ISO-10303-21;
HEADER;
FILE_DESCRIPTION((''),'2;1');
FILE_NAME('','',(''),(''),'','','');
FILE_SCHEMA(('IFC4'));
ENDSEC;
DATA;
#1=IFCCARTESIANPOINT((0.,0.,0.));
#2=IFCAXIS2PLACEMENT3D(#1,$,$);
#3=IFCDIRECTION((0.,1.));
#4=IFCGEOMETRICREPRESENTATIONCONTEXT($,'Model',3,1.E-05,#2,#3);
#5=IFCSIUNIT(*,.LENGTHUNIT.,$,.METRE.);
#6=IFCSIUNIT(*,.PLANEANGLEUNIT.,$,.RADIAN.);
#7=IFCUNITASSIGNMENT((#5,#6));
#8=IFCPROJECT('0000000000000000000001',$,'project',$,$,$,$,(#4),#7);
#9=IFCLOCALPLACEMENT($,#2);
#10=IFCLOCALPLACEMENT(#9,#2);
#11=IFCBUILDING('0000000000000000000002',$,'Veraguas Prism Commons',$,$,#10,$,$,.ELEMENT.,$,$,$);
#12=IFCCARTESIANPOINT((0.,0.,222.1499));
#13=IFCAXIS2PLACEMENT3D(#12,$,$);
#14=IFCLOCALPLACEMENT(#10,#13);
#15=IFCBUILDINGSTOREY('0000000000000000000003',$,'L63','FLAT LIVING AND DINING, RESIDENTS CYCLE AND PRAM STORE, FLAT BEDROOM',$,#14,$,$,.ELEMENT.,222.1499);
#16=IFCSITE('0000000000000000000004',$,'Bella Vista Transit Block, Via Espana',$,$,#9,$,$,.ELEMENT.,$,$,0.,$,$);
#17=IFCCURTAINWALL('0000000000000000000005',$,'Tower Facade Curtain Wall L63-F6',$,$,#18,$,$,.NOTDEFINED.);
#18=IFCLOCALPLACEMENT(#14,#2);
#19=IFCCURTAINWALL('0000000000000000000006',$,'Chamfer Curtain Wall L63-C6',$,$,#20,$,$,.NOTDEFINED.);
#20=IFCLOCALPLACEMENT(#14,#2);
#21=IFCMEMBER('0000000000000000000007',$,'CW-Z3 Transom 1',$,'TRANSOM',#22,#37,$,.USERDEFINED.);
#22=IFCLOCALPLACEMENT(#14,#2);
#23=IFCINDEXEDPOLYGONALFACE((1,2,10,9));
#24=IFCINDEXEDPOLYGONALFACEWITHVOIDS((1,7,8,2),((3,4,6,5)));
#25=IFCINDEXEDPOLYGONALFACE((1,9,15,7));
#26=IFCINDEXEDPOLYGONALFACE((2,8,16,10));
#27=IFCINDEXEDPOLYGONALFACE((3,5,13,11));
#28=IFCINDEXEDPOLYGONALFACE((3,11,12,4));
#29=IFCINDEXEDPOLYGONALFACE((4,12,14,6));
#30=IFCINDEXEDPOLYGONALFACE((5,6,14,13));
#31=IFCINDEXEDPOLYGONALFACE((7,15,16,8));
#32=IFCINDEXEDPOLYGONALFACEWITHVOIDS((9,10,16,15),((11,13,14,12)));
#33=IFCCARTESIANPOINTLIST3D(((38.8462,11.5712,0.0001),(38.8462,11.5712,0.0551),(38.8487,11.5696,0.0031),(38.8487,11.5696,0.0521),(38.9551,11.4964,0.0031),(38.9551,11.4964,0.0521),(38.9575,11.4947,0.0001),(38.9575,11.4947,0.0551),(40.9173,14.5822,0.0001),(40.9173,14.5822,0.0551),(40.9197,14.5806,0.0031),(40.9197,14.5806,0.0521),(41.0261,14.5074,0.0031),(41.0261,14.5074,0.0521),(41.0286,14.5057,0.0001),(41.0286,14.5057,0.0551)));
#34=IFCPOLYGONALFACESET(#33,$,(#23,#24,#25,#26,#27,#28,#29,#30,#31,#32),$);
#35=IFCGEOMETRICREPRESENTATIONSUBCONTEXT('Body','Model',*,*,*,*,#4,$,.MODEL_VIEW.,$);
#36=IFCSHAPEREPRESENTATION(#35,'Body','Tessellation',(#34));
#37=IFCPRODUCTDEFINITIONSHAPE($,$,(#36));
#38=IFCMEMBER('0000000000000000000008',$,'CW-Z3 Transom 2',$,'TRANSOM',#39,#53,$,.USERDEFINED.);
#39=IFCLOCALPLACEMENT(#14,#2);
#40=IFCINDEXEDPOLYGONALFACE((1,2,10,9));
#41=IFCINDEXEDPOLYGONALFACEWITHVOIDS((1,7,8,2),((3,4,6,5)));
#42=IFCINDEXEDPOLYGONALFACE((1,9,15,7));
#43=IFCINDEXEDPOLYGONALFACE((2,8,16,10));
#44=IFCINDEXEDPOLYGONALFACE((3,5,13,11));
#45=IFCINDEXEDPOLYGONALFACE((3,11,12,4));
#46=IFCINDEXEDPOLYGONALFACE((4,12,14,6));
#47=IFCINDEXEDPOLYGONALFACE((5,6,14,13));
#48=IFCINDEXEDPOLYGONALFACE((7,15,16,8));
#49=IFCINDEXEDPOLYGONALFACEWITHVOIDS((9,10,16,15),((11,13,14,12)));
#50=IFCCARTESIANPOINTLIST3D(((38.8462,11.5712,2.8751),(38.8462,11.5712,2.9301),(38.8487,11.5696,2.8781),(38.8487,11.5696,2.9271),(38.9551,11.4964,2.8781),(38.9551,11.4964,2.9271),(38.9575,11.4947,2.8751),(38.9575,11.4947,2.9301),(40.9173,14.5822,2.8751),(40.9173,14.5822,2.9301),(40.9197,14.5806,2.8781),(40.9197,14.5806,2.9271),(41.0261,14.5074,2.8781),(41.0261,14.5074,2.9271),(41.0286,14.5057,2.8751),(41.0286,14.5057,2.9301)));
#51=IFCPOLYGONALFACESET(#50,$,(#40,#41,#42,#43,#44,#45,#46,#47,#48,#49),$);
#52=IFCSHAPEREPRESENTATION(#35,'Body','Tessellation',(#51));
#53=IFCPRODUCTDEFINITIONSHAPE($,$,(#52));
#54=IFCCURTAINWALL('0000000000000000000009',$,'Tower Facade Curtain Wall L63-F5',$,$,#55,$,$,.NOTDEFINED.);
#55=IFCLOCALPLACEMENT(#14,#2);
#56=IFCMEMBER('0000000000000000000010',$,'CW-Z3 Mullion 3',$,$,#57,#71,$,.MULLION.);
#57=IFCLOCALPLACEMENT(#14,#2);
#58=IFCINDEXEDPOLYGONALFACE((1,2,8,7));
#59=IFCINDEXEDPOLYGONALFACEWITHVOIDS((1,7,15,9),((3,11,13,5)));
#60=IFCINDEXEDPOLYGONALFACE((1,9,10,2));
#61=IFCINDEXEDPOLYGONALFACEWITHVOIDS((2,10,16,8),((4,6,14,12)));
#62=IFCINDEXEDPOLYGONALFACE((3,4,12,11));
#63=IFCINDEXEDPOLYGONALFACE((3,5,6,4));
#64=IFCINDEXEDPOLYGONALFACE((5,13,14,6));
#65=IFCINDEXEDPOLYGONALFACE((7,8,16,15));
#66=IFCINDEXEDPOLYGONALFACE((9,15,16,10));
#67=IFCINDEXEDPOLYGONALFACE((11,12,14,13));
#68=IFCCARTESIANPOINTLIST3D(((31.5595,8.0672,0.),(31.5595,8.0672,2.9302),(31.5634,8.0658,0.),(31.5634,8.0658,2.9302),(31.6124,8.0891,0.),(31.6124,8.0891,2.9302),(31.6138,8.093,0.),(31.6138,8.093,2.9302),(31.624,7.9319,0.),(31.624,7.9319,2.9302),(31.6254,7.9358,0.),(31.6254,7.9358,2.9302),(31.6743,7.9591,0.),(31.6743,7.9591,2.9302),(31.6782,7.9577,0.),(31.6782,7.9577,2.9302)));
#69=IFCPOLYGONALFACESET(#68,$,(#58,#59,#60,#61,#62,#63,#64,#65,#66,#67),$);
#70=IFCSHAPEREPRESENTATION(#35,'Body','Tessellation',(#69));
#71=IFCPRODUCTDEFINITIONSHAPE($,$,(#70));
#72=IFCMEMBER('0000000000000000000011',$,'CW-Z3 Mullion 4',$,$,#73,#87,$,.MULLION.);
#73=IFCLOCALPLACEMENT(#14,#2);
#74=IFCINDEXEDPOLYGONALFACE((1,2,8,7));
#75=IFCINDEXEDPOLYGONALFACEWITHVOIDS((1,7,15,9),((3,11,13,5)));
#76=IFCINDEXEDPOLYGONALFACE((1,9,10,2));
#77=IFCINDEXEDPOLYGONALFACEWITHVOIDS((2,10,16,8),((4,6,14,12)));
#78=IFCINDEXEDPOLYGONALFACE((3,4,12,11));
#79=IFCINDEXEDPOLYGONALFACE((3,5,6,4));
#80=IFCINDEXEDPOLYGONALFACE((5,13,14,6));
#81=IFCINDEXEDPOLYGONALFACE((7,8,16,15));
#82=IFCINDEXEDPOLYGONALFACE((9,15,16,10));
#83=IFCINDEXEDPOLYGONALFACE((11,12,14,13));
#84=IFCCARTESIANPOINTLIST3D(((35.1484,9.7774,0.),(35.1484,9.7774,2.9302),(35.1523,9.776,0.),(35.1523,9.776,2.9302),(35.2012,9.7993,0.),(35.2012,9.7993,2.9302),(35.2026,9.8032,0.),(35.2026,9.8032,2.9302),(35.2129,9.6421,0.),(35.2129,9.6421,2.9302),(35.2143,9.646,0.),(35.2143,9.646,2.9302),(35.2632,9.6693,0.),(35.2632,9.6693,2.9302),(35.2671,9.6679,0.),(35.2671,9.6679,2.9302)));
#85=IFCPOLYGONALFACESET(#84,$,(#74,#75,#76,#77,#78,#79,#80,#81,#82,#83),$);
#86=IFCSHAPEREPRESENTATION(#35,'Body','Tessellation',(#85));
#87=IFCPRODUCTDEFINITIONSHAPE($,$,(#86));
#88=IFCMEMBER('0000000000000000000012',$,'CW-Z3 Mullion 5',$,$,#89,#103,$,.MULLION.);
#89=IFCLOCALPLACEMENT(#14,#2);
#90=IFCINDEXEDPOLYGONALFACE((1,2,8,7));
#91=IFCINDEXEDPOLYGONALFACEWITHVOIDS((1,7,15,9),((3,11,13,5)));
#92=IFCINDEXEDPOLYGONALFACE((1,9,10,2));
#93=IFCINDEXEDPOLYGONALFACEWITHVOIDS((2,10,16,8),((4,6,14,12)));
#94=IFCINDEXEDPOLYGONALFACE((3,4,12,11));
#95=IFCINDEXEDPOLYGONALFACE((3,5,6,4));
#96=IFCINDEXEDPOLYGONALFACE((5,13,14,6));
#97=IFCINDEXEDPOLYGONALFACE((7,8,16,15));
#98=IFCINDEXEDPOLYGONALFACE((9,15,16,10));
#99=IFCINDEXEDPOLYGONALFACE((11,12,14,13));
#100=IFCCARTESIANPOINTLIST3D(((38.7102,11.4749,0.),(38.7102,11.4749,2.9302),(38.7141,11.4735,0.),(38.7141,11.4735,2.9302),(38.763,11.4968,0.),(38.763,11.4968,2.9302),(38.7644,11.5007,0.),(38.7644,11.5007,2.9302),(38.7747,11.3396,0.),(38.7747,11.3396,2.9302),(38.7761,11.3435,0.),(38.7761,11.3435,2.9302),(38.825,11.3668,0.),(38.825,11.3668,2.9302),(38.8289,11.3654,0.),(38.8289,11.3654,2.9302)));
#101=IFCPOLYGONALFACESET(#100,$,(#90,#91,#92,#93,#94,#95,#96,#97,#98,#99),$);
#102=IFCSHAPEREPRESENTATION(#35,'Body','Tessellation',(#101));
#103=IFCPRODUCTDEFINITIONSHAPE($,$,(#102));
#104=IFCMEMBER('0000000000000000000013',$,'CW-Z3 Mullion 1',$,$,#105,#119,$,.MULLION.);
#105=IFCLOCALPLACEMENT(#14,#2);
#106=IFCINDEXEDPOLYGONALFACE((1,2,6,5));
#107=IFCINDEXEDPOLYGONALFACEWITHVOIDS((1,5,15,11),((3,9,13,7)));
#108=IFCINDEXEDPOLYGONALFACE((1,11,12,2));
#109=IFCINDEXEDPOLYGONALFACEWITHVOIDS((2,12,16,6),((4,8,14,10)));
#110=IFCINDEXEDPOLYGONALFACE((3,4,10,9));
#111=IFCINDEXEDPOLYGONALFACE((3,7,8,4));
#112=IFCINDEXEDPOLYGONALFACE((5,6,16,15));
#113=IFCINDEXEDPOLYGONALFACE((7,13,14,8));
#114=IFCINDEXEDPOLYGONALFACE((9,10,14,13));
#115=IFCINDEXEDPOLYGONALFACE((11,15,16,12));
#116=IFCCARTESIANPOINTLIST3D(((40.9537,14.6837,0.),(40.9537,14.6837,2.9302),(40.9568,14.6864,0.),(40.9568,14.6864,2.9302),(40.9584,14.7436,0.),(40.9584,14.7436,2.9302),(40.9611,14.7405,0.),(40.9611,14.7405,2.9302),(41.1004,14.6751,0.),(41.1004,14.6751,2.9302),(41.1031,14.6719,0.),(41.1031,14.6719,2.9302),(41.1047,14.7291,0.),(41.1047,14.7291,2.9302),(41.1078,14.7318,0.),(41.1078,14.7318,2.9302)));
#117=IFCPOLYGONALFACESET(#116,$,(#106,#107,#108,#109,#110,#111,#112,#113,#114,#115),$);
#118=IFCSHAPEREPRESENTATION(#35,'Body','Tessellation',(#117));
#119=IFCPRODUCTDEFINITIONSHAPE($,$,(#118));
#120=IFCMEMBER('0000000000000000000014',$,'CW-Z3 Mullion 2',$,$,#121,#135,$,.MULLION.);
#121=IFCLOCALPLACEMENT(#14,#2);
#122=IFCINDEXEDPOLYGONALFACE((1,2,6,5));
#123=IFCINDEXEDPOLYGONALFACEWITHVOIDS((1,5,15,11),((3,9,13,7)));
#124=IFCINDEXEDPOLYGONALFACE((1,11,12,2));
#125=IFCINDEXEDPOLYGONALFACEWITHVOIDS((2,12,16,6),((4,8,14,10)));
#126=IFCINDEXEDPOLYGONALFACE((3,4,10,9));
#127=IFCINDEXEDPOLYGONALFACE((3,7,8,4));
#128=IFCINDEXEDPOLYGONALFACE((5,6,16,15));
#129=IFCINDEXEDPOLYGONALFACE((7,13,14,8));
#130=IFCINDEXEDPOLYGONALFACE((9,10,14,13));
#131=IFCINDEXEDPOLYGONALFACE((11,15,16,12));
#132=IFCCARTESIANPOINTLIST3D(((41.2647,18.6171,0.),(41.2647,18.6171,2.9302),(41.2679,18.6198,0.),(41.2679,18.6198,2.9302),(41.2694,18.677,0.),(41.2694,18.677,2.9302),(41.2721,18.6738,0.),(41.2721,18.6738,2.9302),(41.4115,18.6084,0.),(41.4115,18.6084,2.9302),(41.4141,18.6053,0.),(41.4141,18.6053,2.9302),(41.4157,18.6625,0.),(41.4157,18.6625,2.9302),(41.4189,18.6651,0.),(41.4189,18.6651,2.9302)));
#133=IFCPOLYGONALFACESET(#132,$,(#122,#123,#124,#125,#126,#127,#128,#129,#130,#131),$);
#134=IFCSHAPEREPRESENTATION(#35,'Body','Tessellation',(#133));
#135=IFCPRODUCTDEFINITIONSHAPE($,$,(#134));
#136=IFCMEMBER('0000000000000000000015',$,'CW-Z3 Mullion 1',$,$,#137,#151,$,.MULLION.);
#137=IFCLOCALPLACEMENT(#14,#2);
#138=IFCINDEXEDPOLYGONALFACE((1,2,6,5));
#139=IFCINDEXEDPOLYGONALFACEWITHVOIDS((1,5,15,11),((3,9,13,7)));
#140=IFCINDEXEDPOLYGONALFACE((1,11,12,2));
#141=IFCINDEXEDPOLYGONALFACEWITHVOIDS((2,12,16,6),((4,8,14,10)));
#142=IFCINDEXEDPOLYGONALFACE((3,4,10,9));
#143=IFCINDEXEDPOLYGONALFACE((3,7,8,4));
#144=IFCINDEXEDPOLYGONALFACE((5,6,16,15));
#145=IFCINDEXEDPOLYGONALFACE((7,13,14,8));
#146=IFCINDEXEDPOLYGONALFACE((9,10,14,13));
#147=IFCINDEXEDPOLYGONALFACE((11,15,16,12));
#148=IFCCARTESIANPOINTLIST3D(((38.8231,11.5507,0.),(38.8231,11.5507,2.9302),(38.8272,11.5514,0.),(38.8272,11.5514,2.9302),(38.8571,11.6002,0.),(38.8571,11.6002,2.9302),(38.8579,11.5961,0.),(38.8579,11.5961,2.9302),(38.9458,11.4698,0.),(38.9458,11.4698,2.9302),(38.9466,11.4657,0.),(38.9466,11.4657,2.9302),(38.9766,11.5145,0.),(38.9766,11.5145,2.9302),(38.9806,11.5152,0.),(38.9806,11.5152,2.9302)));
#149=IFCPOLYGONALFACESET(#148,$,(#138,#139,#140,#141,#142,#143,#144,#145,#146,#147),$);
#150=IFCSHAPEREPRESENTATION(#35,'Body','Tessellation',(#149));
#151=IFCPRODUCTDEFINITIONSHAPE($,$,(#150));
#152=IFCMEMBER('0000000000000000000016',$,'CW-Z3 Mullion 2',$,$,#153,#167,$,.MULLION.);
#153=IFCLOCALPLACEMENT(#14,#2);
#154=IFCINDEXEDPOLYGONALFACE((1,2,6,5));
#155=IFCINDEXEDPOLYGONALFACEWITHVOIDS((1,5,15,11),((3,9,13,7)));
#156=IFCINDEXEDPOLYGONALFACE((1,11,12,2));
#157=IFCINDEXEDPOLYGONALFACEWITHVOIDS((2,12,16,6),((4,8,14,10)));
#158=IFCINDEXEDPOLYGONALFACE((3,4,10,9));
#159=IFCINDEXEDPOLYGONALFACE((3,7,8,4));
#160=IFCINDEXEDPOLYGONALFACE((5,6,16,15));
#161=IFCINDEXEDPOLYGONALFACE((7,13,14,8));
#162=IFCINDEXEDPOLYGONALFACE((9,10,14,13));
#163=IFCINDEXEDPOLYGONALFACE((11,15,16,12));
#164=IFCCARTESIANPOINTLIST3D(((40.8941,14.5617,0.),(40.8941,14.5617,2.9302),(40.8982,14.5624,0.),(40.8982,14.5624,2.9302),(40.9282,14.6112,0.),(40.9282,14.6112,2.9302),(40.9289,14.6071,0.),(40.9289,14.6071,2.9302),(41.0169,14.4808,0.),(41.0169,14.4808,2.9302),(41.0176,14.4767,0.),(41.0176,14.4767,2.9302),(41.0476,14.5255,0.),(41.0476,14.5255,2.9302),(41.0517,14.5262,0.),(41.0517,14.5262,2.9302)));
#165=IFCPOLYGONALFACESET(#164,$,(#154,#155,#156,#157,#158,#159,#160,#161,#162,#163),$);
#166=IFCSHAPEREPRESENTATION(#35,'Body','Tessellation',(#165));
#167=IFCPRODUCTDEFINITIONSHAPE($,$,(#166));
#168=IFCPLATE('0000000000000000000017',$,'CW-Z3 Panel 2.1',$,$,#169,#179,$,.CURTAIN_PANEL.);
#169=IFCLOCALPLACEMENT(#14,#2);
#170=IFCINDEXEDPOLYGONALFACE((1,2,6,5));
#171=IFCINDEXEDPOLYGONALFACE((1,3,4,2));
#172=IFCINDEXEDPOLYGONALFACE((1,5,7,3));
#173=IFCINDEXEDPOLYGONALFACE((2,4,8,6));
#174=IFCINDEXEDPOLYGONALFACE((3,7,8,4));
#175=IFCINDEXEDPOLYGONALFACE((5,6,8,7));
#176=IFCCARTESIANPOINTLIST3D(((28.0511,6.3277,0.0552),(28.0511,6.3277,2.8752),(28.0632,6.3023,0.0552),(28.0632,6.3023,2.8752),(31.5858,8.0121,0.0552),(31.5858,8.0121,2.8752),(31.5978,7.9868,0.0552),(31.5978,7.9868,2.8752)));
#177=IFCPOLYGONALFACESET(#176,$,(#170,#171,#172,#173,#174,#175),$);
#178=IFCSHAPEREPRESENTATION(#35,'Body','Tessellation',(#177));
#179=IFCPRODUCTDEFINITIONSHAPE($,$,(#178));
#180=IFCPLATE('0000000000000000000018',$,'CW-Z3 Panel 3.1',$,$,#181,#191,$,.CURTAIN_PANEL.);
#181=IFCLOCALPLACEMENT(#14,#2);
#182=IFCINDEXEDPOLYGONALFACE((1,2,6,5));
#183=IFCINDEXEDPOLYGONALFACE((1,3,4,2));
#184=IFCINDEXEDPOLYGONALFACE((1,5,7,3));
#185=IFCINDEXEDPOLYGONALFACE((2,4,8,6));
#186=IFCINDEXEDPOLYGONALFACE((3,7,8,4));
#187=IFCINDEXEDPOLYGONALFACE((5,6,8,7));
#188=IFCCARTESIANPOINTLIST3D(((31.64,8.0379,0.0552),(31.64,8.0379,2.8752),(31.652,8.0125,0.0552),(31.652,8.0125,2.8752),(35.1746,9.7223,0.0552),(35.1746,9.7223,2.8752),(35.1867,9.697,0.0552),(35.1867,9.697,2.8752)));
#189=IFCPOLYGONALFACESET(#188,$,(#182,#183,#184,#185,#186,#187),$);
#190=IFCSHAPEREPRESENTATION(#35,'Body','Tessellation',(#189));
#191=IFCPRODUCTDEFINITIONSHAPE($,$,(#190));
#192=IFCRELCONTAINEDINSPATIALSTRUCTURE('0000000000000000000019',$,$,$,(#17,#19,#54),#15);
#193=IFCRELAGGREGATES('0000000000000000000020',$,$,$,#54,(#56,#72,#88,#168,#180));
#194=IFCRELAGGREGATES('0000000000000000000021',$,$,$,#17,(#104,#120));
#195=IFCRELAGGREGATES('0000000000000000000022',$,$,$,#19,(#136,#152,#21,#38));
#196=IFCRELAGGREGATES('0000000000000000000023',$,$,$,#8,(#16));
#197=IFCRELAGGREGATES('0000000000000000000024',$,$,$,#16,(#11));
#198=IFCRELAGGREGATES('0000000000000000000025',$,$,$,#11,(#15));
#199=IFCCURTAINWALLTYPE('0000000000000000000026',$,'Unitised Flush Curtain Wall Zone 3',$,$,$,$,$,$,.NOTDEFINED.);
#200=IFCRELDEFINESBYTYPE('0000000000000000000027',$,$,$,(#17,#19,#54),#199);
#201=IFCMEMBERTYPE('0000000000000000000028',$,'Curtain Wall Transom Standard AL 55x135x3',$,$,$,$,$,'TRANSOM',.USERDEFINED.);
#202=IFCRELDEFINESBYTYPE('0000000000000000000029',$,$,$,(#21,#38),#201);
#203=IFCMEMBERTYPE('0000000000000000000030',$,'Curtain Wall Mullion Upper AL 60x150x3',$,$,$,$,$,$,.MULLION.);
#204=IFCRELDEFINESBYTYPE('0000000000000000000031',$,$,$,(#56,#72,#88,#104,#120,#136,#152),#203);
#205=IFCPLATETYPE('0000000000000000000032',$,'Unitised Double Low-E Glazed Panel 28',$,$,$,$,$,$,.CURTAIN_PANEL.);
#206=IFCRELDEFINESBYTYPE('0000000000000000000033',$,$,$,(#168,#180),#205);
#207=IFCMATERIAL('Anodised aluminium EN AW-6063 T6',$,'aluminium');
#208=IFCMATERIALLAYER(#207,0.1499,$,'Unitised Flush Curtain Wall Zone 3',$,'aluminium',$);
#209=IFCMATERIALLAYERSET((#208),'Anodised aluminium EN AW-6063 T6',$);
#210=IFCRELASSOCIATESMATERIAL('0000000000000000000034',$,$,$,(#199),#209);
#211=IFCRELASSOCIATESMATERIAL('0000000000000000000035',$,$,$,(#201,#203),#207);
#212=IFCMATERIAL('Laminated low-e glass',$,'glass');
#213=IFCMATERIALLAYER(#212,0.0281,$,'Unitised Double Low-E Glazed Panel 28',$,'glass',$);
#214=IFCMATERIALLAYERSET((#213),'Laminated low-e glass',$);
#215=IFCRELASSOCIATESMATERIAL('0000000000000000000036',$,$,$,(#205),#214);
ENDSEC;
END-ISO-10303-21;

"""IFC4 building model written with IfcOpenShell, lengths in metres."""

from ifc_helpers import new_model, si_unit, direction, frame, origin, origin_2d, place, context, subcontext, project, spatial, rectangle, hollow_rectangle, extrude, source, transform, mapped, material, layer, layer_set, material_profile, profile_set, type_object, element, aggregate, save


model = new_model("IFC4")

# Units and contexts
model_context = context("Model", 3, precision=1e-05, world=origin(), true_north=direction((0.0, 1.0)))
body_context = subcontext(model_context, "Body", "Model", "MODEL_VIEW")
ifc_project = project(units=[si_unit("LENGTHUNIT", "METRE"), si_unit("PLANEANGLEUNIT", "RADIAN")], contexts=[model_context])

# Site, building, storey
site_placement = place(None, origin())
site = spatial("IfcSite", under=ifc_project, at=site_placement, Name="Bella Vista Transit Block, Via Espana", CompositionType="ELEMENT", RefElevation=0.0)
building_placement = place(site_placement, origin())
building = spatial("IfcBuilding", under=site, at=building_placement, Name="Veraguas Prism Commons", CompositionType="ELEMENT")
storey_placement = place(building_placement, frame((0.0, 0.0, 222.1499)))
storey = spatial("IfcBuildingStorey", under=building, at=storey_placement, Name="L63", Description="FLAT LIVING AND DINING, RESIDENTS CYCLE AND PRAM STORE, FLAT BEDROOM", CompositionType="ELEMENT", Elevation=222.1499)

# Curtain walls, members
ifc_material_1 = material(Name="Anodised aluminium EN AW-6063 T6", Category="aluminium")
ifc_layer_1 = layer(ifc_material_1, 0.1499, Name="Unitised Flush Curtain Wall Zone 3", Category="aluminium")
ifc_layer_set_1 = layer_set([ifc_layer_1], Name="Anodised aluminium EN AW-6063 T6")
curtain_wall_type = type_object("IfcCurtainWallType", Name="Unitised Flush Curtain Wall Zone 3", PredefinedType="NOTDEFINED", material=ifc_layer_set_1)
curtain_wall_1_placement = place(storey_placement, origin())
curtain_wall_1 = element("IfcCurtainWall", 1, at=curtain_wall_1_placement, inside=storey, type_object=curtain_wall_type, Name="Tower Facade Curtain Wall L63-F6", PredefinedType="NOTDEFINED")
ifc_material_profile_1 = material_profile(ifc_material_1, hollow_rectangle(XDim=0.0549, YDim=0.135, WallThickness=0.0029, at=origin_2d()), Name="AL55X135X3")
ifc_profile_set_1 = profile_set([ifc_material_profile_1], Name="Anodised aluminium EN AW-6063 T6")
member_type_1 = type_object("IfcMemberType", Name="Curtain Wall Transom Standard AL 55x135x3", ElementType="TRANSOM", PredefinedType="USERDEFINED", material=ifc_profile_set_1)
curtain_wall_2_placement = place(storey_placement, origin())
curtain_wall_2 = element("IfcCurtainWall", 2, at=curtain_wall_2_placement, inside=storey, type_object=curtain_wall_type, Name="Chamfer Curtain Wall L63-C6", PredefinedType="NOTDEFINED")
shared_shape_1 = source(origin(), body_context, "Body", "SweptSolid", [
    extrude(hollow_rectangle(XDim=0.0549, YDim=0.135, WallThickness=0.0029, at=origin_2d()), origin(), (0.0, 0.0, 1.0), 3.6545),
])
member_1_placement = place(storey_placement, frame((38.9019, 11.533, 0.0276), z_axis=(0.566713, 0.823915, 0.0), x_axis=(0.0, 0.0, 1.0)))
member_1 = element("IfcMember", 3, at=member_1_placement, type_object=member_type_1, Name="CW-Z3 Transom 1", ObjectType="TRANSOM", PredefinedType="USERDEFINED", context=body_context, shape_type="MappedRepresentation", body=[
    mapped(shared_shape_1, transform((0.0, 0.0, 0.0), scale=1.0)),
])
member_2_placement = place(storey_placement, frame((38.9019, 11.533, 2.9026), z_axis=(0.566713, 0.823915, 0.0), x_axis=(0.0, 0.0, 1.0)))
member_2 = element("IfcMember", 4, at=member_2_placement, type_object=member_type_1, Name="CW-Z3 Transom 2", ObjectType="TRANSOM", PredefinedType="USERDEFINED", context=body_context, shape_type="MappedRepresentation", body=[
    mapped(shared_shape_1, transform((0.0, 0.0, 0.0), scale=1.0)),
])
curtain_wall_3_placement = place(storey_placement, origin())
curtain_wall_3 = element("IfcCurtainWall", 5, at=curtain_wall_3_placement, inside=storey, type_object=curtain_wall_type, Name="Tower Facade Curtain Wall L63-F5", PredefinedType="NOTDEFINED")
ifc_material_profile_2 = material_profile(ifc_material_1, hollow_rectangle(XDim=0.0601, YDim=0.1499, WallThickness=0.0029, at=origin_2d()), Name="AL60X150X3")
ifc_profile_set_2 = profile_set([ifc_material_profile_2], Name="Anodised aluminium EN AW-6063 T6")
member_type_2 = type_object("IfcMemberType", Name="Curtain Wall Mullion Upper AL 60x150x3", PredefinedType="MULLION", material=ifc_profile_set_2)
shared_shape_2 = source(origin(), body_context, "Body", "SweptSolid", [
    extrude(hollow_rectangle(XDim=0.0601, YDim=0.1499, WallThickness=0.0029, at=origin_2d()), origin(), (0.0, 0.0, 1.0), 2.9302),
])
member_3_placement = place(storey_placement, frame((31.6189, 8.0125, 0.0), z_axis=(0.0, 0.0, 1.0), x_axis=(0.902733, 0.430201, 0.0)))
member_3 = element("IfcMember", 6, at=member_3_placement, type_object=member_type_2, Name="CW-Z3 Mullion 3", PredefinedType="MULLION", context=body_context, shape_type="MappedRepresentation", body=[
    mapped(shared_shape_2, transform((0.0, 0.0, 0.0), scale=1.0)),
])
member_4_placement = place(storey_placement, frame((35.2078, 9.7227, 0.0), z_axis=(0.0, 0.0, 1.0), x_axis=(0.902733, 0.430201, 0.0)))
member_4 = element("IfcMember", 7, at=member_4_placement, type_object=member_type_2, Name="CW-Z3 Mullion 4", PredefinedType="MULLION", context=body_context, shape_type="MappedRepresentation", body=[
    mapped(shared_shape_2, transform((0.0, 0.0, 0.0), scale=1.0)),
])
member_5_placement = place(storey_placement, frame((38.7695, 11.4202, 0.0), z_axis=(0.0, 0.0, 1.0), x_axis=(0.902733, 0.430201, 0.0)))
member_5 = element("IfcMember", 8, at=member_5_placement, type_object=member_type_2, Name="CW-Z3 Mullion 5", PredefinedType="MULLION", context=body_context, shape_type="MappedRepresentation", body=[
    mapped(shared_shape_2, transform((0.0, 0.0, 0.0), scale=1.0)),
])

# Members
member_6_placement = place(storey_placement, frame((41.0308, 14.7078, 0.0), z_axis=(0.0, 0.0, 1.0), x_axis=(0.078812, 0.996889, 0.0)))
member_6 = element("IfcMember", 9, at=member_6_placement, type_object=member_type_2, Name="CW-Z3 Mullion 1", PredefinedType="MULLION", context=body_context, shape_type="MappedRepresentation", body=[
    mapped(shared_shape_2, transform((0.0, 0.0, 0.0), scale=1.0)),
])
member_7_placement = place(storey_placement, frame((41.3418, 18.6411, 0.0), z_axis=(0.0, 0.0, 1.0), x_axis=(0.078812, 0.996889, 0.0)))
member_7 = element("IfcMember", 10, at=member_7_placement, type_object=member_type_2, Name="CW-Z3 Mullion 2", PredefinedType="MULLION", context=body_context, shape_type="MappedRepresentation", body=[
    mapped(shared_shape_2, transform((0.0, 0.0, 0.0), scale=1.0)),
])
member_8_placement = place(storey_placement, frame((38.9019, 11.533, 0.0), z_axis=(0.0, 0.0, 1.0), x_axis=(0.566688, 0.823932, 0.0)))
member_8 = element("IfcMember", 11, at=member_8_placement, type_object=member_type_2, Name="CW-Z3 Mullion 1", PredefinedType="MULLION", context=body_context, shape_type="MappedRepresentation", body=[
    mapped(shared_shape_2, transform((0.0, 0.0, 0.0), scale=1.0)),
])
member_9_placement = place(storey_placement, frame((40.9729, 14.5439, 0.0), z_axis=(0.0, 0.0, 1.0), x_axis=(0.566688, 0.823932, 0.0)))
member_9 = element("IfcMember", 12, at=member_9_placement, type_object=member_type_2, Name="CW-Z3 Mullion 2", PredefinedType="MULLION", context=body_context, shape_type="MappedRepresentation", body=[
    mapped(shared_shape_2, transform((0.0, 0.0, 0.0), scale=1.0)),
])

# Plates
ifc_material_2 = material(Name="Laminated low-e glass", Category="glass")
ifc_layer_2 = layer(ifc_material_2, 0.0281, Name="Unitised Double Low-E Glazed Panel 28", Category="glass")
ifc_layer_set_2 = layer_set([ifc_layer_2], Name="Laminated low-e glass")
plate_type = type_object("IfcPlateType", Name="Unitised Double Low-E Glazed Panel 28", PredefinedType="CURTAIN_PANEL", material=ifc_layer_set_2)
shared_shape_3 = source(origin(), body_context, "Body", "SweptSolid", [
    extrude(rectangle(XDim=3.9155, YDim=0.0281, at=origin_2d()), origin(), (0.0, 0.0, 1.0), 2.8201),
])
plate_1_placement = place(storey_placement, frame((29.8245, 7.1572, 0.0552), z_axis=(0.0, 0.0, 1.0), x_axis=(0.902733, 0.430201, 0.0)))
plate_1 = element("IfcPlate", 13, at=plate_1_placement, type_object=plate_type, Name="CW-Z3 Panel 2.1", PredefinedType="CURTAIN_PANEL", context=body_context, shape_type="MappedRepresentation", body=[
    mapped(shared_shape_3, transform((0.0, 0.0, 0.0), scale=1.0)),
])
plate_2_placement = place(storey_placement, frame((33.4133, 8.8674, 0.0552), z_axis=(0.0, 0.0, 1.0), x_axis=(0.902733, 0.430201, 0.0)))
plate_2 = element("IfcPlate", 14, at=plate_2_placement, type_object=plate_type, Name="CW-Z3 Panel 3.1", PredefinedType="CURTAIN_PANEL", context=body_context, shape_type="MappedRepresentation", body=[
    mapped(shared_shape_3, transform((0.0, 0.0, 0.0), scale=1.0)),
])
aggregate(curtain_wall_3, [member_3, member_4, member_5, plate_1, plate_2])
aggregate(curtain_wall_1, [member_6, member_7])
aggregate(curtain_wall_2, [member_8, member_9, member_1, member_2])

save(model, "model.ifc")
